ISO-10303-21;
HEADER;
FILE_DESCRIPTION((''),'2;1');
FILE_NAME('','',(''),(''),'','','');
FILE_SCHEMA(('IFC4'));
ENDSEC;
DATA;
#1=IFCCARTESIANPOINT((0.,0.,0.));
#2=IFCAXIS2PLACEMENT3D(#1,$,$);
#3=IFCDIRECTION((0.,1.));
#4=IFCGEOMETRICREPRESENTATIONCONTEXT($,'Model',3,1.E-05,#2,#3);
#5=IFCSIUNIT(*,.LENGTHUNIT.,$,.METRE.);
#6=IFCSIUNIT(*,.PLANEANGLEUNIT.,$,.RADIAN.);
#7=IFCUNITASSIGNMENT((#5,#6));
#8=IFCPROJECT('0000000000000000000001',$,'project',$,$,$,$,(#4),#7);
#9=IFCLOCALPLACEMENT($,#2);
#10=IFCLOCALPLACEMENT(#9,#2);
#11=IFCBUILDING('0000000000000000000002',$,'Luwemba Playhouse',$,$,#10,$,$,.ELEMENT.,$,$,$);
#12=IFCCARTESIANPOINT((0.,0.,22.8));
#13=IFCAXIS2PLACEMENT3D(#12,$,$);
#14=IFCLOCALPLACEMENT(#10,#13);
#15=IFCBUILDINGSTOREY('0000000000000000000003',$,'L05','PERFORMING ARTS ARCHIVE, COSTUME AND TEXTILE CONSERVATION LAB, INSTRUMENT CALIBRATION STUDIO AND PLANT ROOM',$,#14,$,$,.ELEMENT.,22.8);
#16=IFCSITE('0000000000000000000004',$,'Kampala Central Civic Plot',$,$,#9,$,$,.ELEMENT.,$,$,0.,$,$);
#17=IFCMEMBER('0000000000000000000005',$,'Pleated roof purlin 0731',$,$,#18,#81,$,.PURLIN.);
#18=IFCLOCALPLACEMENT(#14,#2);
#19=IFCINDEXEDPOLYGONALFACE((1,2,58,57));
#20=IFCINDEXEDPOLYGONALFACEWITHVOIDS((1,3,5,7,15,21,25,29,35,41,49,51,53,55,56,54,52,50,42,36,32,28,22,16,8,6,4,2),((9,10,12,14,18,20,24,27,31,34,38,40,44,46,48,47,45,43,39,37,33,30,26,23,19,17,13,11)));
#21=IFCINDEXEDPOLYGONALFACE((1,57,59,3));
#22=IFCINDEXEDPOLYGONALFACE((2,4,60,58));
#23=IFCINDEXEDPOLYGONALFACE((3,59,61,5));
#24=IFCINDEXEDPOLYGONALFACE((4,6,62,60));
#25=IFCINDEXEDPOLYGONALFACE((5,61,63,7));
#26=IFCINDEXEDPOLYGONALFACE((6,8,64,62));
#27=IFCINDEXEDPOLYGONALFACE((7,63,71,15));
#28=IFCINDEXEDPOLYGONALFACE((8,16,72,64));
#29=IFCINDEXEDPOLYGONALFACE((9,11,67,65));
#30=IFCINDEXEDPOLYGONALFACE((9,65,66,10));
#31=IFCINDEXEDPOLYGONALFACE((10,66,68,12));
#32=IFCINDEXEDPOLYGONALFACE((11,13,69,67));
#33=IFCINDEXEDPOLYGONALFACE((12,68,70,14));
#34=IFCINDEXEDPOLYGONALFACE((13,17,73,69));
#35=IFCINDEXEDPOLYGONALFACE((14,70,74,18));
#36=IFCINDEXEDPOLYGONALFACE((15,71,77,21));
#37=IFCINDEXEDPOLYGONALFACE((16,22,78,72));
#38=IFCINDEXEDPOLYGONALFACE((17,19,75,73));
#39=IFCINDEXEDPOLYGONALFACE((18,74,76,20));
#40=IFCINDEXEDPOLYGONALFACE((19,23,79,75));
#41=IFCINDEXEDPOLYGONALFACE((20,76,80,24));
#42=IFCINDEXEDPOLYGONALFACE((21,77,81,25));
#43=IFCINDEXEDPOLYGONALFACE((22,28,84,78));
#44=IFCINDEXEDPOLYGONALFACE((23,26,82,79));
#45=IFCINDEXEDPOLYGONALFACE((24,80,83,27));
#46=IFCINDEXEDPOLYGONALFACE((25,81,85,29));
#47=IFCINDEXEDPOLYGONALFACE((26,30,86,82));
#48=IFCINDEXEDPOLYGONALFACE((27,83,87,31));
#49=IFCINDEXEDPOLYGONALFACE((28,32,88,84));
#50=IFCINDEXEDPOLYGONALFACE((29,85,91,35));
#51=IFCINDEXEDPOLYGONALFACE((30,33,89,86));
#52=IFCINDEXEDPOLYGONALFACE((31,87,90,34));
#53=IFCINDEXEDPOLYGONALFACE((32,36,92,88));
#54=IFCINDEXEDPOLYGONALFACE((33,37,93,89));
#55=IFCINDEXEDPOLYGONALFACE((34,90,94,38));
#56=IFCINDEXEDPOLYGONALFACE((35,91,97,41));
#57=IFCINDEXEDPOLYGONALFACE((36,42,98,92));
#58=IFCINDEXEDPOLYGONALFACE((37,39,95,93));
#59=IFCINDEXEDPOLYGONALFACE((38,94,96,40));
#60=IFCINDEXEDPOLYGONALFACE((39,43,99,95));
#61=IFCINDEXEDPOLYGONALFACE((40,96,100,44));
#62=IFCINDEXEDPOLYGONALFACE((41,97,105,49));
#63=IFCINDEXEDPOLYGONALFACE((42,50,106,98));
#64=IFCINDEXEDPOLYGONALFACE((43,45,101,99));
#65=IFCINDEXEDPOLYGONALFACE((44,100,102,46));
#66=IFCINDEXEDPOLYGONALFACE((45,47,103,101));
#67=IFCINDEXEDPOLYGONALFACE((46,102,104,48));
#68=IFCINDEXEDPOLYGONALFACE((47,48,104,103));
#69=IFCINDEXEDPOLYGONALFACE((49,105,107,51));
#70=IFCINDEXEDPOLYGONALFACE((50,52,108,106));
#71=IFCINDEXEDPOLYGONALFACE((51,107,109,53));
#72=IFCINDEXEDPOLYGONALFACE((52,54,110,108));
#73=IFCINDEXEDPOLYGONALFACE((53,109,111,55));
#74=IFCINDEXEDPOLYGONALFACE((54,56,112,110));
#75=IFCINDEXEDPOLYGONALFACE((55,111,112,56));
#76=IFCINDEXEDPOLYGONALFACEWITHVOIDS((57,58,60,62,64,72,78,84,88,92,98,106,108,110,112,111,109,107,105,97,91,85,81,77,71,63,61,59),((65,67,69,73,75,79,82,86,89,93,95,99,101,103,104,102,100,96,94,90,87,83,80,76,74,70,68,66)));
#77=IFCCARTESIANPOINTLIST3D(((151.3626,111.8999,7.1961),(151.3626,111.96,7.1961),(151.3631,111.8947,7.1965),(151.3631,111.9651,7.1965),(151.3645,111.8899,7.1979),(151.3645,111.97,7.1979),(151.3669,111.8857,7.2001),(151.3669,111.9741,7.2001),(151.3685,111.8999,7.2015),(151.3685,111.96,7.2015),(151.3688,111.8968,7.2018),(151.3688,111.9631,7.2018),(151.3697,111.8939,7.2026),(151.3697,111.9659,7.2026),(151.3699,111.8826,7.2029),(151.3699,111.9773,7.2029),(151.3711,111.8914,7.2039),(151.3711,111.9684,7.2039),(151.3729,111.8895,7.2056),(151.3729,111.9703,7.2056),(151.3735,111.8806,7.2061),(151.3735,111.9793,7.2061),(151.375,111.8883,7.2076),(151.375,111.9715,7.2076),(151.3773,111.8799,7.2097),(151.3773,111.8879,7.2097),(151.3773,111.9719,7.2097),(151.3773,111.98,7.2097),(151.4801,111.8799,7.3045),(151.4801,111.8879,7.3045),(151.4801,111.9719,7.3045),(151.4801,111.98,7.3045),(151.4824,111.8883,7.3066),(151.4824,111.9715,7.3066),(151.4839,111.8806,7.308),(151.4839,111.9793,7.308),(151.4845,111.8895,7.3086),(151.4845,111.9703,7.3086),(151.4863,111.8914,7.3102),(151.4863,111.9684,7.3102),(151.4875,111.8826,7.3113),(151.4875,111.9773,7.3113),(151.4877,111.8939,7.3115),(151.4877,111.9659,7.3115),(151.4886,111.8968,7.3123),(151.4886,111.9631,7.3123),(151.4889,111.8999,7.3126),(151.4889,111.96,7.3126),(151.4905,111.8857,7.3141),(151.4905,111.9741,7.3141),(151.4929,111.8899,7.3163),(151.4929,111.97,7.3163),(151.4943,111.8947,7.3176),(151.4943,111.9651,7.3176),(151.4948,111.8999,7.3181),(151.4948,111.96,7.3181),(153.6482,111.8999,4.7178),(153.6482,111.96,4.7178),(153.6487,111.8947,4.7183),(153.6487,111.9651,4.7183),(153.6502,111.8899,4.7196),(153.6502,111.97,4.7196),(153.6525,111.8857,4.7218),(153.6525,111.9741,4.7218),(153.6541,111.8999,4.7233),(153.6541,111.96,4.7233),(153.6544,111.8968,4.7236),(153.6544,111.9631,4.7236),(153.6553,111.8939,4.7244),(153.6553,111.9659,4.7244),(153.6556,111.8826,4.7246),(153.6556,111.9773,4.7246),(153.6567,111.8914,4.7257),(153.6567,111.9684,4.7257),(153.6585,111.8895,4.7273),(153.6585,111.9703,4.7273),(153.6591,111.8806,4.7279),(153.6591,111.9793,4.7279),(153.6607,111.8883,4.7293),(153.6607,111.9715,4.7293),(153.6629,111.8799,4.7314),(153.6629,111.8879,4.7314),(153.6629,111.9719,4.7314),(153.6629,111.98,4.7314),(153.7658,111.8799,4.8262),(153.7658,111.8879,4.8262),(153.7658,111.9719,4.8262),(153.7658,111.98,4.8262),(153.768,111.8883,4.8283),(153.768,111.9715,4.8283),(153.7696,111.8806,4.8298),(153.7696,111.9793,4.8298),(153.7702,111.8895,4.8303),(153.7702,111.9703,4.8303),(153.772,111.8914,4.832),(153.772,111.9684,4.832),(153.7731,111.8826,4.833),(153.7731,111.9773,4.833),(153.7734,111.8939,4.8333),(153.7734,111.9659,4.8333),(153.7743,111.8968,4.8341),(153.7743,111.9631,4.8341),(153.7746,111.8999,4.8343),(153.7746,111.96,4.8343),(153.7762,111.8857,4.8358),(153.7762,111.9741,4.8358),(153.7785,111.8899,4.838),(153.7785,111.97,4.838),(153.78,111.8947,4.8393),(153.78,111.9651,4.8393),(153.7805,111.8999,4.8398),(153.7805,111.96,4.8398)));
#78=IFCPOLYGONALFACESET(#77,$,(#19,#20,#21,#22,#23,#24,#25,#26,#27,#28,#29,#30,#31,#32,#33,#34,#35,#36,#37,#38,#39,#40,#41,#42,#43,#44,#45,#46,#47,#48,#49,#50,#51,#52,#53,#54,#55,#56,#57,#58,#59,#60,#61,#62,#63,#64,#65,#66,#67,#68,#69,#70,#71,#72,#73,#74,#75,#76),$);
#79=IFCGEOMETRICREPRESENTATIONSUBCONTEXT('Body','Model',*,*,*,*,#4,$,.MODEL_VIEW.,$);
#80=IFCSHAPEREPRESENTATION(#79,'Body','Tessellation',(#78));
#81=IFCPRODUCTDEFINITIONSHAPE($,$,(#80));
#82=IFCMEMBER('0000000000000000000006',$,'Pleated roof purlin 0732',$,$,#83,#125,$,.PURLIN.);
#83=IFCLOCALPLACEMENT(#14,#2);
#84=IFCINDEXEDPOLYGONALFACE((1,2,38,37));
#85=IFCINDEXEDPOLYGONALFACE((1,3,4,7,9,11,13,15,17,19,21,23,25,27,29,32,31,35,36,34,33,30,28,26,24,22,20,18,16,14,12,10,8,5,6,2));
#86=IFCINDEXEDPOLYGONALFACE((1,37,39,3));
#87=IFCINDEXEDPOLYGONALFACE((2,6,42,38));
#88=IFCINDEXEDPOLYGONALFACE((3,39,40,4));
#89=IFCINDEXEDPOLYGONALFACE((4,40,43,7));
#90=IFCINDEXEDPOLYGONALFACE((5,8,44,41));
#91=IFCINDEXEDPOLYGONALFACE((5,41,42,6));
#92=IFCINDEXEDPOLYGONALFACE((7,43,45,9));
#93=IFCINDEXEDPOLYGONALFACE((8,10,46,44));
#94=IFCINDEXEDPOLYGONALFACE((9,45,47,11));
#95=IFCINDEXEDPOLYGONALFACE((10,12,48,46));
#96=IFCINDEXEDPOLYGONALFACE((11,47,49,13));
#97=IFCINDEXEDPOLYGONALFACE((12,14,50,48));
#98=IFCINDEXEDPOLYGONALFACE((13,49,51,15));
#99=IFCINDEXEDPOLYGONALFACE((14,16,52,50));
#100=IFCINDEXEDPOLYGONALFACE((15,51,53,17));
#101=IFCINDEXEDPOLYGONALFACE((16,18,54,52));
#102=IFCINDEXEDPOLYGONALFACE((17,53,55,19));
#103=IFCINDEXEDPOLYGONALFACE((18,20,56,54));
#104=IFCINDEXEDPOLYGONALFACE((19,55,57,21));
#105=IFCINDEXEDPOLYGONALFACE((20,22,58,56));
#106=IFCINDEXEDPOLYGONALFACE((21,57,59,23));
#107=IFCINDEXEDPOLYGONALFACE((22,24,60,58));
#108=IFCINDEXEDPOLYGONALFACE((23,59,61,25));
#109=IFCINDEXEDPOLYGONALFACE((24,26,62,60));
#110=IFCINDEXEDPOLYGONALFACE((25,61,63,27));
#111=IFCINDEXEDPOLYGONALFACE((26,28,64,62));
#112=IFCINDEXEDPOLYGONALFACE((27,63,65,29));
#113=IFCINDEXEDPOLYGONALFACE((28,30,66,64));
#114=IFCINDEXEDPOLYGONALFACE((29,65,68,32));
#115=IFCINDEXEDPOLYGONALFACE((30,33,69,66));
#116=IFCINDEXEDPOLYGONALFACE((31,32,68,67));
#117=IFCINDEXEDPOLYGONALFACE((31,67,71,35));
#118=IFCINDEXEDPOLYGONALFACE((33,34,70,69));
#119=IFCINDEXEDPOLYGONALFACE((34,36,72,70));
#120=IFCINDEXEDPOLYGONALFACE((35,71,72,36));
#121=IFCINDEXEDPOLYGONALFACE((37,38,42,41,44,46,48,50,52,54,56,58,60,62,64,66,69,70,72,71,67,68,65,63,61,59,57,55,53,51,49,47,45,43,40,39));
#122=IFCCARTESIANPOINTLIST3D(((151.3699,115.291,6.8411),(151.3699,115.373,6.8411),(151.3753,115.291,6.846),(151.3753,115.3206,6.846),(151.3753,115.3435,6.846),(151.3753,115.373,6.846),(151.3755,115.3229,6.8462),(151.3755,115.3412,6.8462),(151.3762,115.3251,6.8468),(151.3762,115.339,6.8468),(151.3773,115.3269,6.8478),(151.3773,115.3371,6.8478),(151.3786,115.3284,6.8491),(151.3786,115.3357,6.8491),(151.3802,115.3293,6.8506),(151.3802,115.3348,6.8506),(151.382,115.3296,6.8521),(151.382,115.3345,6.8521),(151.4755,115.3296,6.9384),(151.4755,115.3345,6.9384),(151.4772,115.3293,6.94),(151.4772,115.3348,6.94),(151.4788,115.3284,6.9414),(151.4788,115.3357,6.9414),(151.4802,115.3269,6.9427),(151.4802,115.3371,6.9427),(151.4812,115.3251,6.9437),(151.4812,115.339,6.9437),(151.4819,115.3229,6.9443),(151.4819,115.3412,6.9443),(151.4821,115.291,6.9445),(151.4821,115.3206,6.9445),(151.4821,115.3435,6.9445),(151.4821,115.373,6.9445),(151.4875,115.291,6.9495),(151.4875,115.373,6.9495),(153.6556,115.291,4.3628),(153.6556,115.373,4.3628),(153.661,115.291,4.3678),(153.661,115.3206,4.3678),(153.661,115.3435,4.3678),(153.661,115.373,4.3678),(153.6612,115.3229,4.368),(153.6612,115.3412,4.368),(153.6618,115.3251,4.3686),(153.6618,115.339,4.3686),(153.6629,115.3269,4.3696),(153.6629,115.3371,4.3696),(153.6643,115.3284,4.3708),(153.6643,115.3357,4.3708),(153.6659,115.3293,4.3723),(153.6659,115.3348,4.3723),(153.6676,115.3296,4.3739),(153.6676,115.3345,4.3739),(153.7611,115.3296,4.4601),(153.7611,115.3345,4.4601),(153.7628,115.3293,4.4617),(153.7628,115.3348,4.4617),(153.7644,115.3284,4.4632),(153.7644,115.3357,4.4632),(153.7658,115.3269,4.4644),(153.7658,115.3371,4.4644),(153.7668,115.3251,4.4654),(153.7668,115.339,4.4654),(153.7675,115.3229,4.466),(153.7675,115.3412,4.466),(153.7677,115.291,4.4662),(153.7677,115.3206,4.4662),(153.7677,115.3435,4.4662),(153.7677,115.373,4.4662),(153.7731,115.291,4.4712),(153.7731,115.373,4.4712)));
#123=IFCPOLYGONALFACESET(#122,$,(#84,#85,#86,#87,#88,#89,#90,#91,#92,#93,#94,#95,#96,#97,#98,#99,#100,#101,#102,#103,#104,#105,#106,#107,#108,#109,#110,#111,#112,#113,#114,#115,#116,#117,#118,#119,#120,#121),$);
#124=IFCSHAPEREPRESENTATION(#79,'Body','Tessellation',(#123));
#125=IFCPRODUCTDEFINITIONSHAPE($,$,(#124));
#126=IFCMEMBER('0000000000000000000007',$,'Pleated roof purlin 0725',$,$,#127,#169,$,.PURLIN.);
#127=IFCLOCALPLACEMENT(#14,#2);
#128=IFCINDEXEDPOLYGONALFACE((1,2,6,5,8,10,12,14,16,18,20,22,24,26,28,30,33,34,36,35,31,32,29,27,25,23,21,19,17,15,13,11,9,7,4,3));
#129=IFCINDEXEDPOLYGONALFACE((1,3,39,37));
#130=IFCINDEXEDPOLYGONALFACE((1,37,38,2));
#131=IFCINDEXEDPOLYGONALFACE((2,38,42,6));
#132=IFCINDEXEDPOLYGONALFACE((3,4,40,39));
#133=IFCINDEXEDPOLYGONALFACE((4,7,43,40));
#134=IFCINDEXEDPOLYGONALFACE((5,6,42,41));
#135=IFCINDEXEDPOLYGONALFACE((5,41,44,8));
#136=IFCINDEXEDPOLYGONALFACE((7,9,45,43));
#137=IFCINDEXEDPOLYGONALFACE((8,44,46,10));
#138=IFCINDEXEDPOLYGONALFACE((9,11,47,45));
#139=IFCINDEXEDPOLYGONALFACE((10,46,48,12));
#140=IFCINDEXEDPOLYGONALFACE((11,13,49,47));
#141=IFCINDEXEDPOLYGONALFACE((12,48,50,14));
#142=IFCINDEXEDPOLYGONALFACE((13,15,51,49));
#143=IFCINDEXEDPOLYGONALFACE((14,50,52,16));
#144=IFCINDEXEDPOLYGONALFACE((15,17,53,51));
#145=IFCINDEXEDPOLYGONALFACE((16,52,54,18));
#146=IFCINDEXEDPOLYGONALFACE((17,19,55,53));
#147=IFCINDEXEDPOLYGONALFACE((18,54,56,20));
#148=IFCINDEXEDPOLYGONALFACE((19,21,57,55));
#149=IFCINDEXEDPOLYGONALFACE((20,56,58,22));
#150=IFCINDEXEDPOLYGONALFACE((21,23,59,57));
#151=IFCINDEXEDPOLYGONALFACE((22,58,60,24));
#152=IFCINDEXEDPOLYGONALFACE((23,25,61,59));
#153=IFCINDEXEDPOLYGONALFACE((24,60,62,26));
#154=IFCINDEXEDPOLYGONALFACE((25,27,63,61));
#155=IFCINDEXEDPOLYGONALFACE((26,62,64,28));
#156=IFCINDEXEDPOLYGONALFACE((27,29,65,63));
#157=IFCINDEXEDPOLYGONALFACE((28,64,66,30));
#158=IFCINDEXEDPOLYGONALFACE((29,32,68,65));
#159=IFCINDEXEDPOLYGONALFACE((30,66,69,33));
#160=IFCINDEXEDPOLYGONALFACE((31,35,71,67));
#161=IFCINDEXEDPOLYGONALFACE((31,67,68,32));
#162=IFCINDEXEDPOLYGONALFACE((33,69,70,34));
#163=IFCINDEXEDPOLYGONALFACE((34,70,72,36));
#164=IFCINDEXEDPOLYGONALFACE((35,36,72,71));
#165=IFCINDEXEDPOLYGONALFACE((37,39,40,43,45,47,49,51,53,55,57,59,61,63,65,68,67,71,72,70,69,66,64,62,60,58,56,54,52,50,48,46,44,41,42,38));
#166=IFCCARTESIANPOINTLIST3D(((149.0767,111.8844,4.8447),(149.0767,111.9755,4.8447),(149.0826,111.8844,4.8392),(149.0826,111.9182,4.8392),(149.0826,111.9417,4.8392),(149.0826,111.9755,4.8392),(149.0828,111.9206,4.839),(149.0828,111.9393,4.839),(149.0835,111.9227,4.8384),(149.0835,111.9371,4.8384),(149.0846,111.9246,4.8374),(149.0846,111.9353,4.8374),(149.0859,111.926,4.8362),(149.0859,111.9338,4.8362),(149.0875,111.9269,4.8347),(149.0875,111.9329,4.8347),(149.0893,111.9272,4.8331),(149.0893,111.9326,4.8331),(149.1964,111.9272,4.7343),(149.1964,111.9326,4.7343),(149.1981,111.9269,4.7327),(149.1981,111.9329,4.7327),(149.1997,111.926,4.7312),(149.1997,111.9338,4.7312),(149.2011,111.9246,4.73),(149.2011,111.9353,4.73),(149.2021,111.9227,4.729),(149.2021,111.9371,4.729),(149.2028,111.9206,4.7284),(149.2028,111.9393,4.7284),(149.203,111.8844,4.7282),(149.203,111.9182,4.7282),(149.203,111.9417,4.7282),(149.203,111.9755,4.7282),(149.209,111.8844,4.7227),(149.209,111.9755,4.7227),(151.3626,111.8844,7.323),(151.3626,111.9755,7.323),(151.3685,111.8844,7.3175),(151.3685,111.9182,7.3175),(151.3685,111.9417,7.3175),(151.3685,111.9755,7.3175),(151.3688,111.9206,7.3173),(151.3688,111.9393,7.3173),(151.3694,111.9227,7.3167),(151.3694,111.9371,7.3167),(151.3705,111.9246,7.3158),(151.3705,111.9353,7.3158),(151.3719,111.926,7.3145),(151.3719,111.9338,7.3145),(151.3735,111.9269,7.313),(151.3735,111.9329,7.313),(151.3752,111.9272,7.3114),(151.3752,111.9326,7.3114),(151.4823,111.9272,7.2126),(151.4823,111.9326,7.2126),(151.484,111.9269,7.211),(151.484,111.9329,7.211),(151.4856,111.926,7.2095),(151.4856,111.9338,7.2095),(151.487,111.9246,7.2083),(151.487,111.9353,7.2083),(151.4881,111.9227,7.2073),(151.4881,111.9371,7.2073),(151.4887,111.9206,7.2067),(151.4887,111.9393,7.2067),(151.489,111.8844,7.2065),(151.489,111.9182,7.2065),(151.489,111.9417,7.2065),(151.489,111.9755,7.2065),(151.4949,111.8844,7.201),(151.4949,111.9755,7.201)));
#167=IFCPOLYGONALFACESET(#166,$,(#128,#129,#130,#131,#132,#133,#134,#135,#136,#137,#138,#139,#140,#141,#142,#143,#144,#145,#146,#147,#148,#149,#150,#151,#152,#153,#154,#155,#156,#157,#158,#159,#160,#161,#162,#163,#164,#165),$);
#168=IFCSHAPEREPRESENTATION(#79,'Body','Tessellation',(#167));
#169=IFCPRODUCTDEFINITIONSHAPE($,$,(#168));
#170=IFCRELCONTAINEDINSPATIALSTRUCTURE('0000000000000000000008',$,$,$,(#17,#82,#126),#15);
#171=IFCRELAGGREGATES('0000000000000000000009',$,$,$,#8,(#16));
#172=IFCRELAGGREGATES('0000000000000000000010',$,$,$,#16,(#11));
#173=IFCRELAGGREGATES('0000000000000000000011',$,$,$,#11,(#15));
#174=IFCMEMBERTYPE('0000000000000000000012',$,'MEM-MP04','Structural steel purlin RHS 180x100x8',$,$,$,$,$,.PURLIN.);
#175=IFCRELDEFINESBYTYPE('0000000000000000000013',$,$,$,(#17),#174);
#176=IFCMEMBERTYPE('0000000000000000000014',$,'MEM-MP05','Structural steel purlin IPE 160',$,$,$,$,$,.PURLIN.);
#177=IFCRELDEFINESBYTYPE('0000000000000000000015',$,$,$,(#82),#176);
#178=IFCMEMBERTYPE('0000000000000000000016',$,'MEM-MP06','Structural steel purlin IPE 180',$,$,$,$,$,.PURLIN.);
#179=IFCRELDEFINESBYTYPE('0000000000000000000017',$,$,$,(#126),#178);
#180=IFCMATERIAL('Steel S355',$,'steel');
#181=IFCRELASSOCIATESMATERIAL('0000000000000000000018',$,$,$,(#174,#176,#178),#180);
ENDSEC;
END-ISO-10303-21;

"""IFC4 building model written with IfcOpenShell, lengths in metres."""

from ifc_helpers import new_model, si_unit, direction, frame, origin, origin_2d, place, context, subcontext, project, spatial, hollow_rectangle, i_section, extrude, material, material_profile, profile_set, type_object, element, save


model = new_model("IFC4")

# Units and contexts
model_context = context("Model", 3, precision=1e-05, world=origin(), true_north=direction((0.0, 1.0)))
body_context = subcontext(model_context, "Body", "Model", "MODEL_VIEW")
ifc_project = project(units=[si_unit("LENGTHUNIT", "METRE"), si_unit("PLANEANGLEUNIT", "RADIAN")], contexts=[model_context])

# Site, building, storey
site_placement = place(None, origin())
site = spatial("IfcSite", under=ifc_project, at=site_placement, Name="Kampala Central Civic Plot", CompositionType="ELEMENT", RefElevation=0.0)
building_placement = place(site_placement, origin())
building = spatial("IfcBuilding", under=site, at=building_placement, Name="Luwemba Playhouse", CompositionType="ELEMENT")
storey_placement = place(building_placement, frame((0.0, 0.0, 22.8)))
storey = spatial("IfcBuildingStorey", under=building, at=storey_placement, Name="L05", Description="PERFORMING ARTS ARCHIVE, COSTUME AND TEXTILE CONSERVATION LAB, INSTRUMENT CALIBRATION STUDIO AND PLANT ROOM", CompositionType="ELEMENT", Elevation=22.8)

# Shared definitions
ifc_material_1 = material(Name="Steel S355", Category="steel")

# Members
ifc_material_profile_1 = material_profile(ifc_material_1, hollow_rectangle(XDim=0.1001, YDim=0.1799, WallThickness=0.0081, InnerFilletRadius=0.012, OuterFilletRadius=0.02, at=origin_2d()))
ifc_profile_set_1 = profile_set([ifc_material_profile_1], Name="Steel S355")
member_type_1 = type_object("IfcMemberType", Name="MEM-MP04", Description="Structural steel purlin RHS 180x100x8", PredefinedType="PURLIN", material=ifc_profile_set_1)
member_1_placement = place(storey_placement, frame((151.4287, 111.9299, 7.2571), z_axis=(0.677961, 0.0, -0.735098), x_axis=(0.0, 1.0, 0.0)))
element("IfcMember", 1, at=member_1_placement, inside=storey, type_object=member_type_1, Name="Pleated roof purlin 0731", PredefinedType="PURLIN", context=body_context, shape_type="SweptSolid", body=[
    extrude(hollow_rectangle(XDim=0.1001, YDim=0.1799, WallThickness=0.0081, InnerFilletRadius=0.012, OuterFilletRadius=0.02, at=origin_2d()), origin(), (0.0, 0.0, 1.0), 3.3713),
])
ifc_material_profile_2 = material_profile(ifc_material_1, i_section(OverallWidth=0.082, OverallDepth=0.1599, WebThickness=0.0049, FlangeThickness=0.0073, FilletRadius=0.009, at=origin_2d()))
ifc_profile_set_2 = profile_set([ifc_material_profile_2], Name="Steel S355")
member_type_2 = type_object("IfcMemberType", Name="MEM-MP05", Description="Structural steel purlin IPE 160", PredefinedType="PURLIN", material=ifc_profile_set_2)
member_2_placement = place(storey_placement, frame((151.4287, 115.332, 6.8953), z_axis=(0.677961, 0.0, -0.735098), x_axis=(0.0, 1.0, 0.0)))
element("IfcMember", 2, at=member_2_placement, inside=storey, type_object=member_type_2, Name="Pleated roof purlin 0732", PredefinedType="PURLIN", context=body_context, shape_type="SweptSolid", body=[
    extrude(i_section(OverallWidth=0.082, OverallDepth=0.1599, WebThickness=0.0049, FlangeThickness=0.0073, FilletRadius=0.009, at=origin_2d()), origin(), (0.0, 0.0, 1.0), 3.3713),
])
ifc_material_profile_3 = material_profile(ifc_material_1, i_section(OverallWidth=0.0911, OverallDepth=0.1799, WebThickness=0.0054, FlangeThickness=0.0081, FilletRadius=0.009, at=origin_2d()))
ifc_profile_set_3 = profile_set([ifc_material_profile_3], Name="Steel S355")
member_type_3 = type_object("IfcMemberType", Name="MEM-MP06", Description="Structural steel purlin IPE 180", PredefinedType="PURLIN", material=ifc_profile_set_3)
member_3_placement = place(storey_placement, frame((149.1428, 111.9299, 4.7837), z_axis=(0.678, 0.0, 0.735062), x_axis=(0.0, 1.0, 0.0)))
element("IfcMember", 3, at=member_3_placement, inside=storey, type_object=member_type_3, Name="Pleated roof purlin 0725", PredefinedType="PURLIN", context=body_context, shape_type="SweptSolid", body=[
    extrude(i_section(OverallWidth=0.0911, OverallDepth=0.1799, WebThickness=0.0054, FlangeThickness=0.0081, FilletRadius=0.009, at=origin_2d()), origin(), (0.0, 0.0, 1.0), 3.3716),
])

save(model, "model.ifc")
